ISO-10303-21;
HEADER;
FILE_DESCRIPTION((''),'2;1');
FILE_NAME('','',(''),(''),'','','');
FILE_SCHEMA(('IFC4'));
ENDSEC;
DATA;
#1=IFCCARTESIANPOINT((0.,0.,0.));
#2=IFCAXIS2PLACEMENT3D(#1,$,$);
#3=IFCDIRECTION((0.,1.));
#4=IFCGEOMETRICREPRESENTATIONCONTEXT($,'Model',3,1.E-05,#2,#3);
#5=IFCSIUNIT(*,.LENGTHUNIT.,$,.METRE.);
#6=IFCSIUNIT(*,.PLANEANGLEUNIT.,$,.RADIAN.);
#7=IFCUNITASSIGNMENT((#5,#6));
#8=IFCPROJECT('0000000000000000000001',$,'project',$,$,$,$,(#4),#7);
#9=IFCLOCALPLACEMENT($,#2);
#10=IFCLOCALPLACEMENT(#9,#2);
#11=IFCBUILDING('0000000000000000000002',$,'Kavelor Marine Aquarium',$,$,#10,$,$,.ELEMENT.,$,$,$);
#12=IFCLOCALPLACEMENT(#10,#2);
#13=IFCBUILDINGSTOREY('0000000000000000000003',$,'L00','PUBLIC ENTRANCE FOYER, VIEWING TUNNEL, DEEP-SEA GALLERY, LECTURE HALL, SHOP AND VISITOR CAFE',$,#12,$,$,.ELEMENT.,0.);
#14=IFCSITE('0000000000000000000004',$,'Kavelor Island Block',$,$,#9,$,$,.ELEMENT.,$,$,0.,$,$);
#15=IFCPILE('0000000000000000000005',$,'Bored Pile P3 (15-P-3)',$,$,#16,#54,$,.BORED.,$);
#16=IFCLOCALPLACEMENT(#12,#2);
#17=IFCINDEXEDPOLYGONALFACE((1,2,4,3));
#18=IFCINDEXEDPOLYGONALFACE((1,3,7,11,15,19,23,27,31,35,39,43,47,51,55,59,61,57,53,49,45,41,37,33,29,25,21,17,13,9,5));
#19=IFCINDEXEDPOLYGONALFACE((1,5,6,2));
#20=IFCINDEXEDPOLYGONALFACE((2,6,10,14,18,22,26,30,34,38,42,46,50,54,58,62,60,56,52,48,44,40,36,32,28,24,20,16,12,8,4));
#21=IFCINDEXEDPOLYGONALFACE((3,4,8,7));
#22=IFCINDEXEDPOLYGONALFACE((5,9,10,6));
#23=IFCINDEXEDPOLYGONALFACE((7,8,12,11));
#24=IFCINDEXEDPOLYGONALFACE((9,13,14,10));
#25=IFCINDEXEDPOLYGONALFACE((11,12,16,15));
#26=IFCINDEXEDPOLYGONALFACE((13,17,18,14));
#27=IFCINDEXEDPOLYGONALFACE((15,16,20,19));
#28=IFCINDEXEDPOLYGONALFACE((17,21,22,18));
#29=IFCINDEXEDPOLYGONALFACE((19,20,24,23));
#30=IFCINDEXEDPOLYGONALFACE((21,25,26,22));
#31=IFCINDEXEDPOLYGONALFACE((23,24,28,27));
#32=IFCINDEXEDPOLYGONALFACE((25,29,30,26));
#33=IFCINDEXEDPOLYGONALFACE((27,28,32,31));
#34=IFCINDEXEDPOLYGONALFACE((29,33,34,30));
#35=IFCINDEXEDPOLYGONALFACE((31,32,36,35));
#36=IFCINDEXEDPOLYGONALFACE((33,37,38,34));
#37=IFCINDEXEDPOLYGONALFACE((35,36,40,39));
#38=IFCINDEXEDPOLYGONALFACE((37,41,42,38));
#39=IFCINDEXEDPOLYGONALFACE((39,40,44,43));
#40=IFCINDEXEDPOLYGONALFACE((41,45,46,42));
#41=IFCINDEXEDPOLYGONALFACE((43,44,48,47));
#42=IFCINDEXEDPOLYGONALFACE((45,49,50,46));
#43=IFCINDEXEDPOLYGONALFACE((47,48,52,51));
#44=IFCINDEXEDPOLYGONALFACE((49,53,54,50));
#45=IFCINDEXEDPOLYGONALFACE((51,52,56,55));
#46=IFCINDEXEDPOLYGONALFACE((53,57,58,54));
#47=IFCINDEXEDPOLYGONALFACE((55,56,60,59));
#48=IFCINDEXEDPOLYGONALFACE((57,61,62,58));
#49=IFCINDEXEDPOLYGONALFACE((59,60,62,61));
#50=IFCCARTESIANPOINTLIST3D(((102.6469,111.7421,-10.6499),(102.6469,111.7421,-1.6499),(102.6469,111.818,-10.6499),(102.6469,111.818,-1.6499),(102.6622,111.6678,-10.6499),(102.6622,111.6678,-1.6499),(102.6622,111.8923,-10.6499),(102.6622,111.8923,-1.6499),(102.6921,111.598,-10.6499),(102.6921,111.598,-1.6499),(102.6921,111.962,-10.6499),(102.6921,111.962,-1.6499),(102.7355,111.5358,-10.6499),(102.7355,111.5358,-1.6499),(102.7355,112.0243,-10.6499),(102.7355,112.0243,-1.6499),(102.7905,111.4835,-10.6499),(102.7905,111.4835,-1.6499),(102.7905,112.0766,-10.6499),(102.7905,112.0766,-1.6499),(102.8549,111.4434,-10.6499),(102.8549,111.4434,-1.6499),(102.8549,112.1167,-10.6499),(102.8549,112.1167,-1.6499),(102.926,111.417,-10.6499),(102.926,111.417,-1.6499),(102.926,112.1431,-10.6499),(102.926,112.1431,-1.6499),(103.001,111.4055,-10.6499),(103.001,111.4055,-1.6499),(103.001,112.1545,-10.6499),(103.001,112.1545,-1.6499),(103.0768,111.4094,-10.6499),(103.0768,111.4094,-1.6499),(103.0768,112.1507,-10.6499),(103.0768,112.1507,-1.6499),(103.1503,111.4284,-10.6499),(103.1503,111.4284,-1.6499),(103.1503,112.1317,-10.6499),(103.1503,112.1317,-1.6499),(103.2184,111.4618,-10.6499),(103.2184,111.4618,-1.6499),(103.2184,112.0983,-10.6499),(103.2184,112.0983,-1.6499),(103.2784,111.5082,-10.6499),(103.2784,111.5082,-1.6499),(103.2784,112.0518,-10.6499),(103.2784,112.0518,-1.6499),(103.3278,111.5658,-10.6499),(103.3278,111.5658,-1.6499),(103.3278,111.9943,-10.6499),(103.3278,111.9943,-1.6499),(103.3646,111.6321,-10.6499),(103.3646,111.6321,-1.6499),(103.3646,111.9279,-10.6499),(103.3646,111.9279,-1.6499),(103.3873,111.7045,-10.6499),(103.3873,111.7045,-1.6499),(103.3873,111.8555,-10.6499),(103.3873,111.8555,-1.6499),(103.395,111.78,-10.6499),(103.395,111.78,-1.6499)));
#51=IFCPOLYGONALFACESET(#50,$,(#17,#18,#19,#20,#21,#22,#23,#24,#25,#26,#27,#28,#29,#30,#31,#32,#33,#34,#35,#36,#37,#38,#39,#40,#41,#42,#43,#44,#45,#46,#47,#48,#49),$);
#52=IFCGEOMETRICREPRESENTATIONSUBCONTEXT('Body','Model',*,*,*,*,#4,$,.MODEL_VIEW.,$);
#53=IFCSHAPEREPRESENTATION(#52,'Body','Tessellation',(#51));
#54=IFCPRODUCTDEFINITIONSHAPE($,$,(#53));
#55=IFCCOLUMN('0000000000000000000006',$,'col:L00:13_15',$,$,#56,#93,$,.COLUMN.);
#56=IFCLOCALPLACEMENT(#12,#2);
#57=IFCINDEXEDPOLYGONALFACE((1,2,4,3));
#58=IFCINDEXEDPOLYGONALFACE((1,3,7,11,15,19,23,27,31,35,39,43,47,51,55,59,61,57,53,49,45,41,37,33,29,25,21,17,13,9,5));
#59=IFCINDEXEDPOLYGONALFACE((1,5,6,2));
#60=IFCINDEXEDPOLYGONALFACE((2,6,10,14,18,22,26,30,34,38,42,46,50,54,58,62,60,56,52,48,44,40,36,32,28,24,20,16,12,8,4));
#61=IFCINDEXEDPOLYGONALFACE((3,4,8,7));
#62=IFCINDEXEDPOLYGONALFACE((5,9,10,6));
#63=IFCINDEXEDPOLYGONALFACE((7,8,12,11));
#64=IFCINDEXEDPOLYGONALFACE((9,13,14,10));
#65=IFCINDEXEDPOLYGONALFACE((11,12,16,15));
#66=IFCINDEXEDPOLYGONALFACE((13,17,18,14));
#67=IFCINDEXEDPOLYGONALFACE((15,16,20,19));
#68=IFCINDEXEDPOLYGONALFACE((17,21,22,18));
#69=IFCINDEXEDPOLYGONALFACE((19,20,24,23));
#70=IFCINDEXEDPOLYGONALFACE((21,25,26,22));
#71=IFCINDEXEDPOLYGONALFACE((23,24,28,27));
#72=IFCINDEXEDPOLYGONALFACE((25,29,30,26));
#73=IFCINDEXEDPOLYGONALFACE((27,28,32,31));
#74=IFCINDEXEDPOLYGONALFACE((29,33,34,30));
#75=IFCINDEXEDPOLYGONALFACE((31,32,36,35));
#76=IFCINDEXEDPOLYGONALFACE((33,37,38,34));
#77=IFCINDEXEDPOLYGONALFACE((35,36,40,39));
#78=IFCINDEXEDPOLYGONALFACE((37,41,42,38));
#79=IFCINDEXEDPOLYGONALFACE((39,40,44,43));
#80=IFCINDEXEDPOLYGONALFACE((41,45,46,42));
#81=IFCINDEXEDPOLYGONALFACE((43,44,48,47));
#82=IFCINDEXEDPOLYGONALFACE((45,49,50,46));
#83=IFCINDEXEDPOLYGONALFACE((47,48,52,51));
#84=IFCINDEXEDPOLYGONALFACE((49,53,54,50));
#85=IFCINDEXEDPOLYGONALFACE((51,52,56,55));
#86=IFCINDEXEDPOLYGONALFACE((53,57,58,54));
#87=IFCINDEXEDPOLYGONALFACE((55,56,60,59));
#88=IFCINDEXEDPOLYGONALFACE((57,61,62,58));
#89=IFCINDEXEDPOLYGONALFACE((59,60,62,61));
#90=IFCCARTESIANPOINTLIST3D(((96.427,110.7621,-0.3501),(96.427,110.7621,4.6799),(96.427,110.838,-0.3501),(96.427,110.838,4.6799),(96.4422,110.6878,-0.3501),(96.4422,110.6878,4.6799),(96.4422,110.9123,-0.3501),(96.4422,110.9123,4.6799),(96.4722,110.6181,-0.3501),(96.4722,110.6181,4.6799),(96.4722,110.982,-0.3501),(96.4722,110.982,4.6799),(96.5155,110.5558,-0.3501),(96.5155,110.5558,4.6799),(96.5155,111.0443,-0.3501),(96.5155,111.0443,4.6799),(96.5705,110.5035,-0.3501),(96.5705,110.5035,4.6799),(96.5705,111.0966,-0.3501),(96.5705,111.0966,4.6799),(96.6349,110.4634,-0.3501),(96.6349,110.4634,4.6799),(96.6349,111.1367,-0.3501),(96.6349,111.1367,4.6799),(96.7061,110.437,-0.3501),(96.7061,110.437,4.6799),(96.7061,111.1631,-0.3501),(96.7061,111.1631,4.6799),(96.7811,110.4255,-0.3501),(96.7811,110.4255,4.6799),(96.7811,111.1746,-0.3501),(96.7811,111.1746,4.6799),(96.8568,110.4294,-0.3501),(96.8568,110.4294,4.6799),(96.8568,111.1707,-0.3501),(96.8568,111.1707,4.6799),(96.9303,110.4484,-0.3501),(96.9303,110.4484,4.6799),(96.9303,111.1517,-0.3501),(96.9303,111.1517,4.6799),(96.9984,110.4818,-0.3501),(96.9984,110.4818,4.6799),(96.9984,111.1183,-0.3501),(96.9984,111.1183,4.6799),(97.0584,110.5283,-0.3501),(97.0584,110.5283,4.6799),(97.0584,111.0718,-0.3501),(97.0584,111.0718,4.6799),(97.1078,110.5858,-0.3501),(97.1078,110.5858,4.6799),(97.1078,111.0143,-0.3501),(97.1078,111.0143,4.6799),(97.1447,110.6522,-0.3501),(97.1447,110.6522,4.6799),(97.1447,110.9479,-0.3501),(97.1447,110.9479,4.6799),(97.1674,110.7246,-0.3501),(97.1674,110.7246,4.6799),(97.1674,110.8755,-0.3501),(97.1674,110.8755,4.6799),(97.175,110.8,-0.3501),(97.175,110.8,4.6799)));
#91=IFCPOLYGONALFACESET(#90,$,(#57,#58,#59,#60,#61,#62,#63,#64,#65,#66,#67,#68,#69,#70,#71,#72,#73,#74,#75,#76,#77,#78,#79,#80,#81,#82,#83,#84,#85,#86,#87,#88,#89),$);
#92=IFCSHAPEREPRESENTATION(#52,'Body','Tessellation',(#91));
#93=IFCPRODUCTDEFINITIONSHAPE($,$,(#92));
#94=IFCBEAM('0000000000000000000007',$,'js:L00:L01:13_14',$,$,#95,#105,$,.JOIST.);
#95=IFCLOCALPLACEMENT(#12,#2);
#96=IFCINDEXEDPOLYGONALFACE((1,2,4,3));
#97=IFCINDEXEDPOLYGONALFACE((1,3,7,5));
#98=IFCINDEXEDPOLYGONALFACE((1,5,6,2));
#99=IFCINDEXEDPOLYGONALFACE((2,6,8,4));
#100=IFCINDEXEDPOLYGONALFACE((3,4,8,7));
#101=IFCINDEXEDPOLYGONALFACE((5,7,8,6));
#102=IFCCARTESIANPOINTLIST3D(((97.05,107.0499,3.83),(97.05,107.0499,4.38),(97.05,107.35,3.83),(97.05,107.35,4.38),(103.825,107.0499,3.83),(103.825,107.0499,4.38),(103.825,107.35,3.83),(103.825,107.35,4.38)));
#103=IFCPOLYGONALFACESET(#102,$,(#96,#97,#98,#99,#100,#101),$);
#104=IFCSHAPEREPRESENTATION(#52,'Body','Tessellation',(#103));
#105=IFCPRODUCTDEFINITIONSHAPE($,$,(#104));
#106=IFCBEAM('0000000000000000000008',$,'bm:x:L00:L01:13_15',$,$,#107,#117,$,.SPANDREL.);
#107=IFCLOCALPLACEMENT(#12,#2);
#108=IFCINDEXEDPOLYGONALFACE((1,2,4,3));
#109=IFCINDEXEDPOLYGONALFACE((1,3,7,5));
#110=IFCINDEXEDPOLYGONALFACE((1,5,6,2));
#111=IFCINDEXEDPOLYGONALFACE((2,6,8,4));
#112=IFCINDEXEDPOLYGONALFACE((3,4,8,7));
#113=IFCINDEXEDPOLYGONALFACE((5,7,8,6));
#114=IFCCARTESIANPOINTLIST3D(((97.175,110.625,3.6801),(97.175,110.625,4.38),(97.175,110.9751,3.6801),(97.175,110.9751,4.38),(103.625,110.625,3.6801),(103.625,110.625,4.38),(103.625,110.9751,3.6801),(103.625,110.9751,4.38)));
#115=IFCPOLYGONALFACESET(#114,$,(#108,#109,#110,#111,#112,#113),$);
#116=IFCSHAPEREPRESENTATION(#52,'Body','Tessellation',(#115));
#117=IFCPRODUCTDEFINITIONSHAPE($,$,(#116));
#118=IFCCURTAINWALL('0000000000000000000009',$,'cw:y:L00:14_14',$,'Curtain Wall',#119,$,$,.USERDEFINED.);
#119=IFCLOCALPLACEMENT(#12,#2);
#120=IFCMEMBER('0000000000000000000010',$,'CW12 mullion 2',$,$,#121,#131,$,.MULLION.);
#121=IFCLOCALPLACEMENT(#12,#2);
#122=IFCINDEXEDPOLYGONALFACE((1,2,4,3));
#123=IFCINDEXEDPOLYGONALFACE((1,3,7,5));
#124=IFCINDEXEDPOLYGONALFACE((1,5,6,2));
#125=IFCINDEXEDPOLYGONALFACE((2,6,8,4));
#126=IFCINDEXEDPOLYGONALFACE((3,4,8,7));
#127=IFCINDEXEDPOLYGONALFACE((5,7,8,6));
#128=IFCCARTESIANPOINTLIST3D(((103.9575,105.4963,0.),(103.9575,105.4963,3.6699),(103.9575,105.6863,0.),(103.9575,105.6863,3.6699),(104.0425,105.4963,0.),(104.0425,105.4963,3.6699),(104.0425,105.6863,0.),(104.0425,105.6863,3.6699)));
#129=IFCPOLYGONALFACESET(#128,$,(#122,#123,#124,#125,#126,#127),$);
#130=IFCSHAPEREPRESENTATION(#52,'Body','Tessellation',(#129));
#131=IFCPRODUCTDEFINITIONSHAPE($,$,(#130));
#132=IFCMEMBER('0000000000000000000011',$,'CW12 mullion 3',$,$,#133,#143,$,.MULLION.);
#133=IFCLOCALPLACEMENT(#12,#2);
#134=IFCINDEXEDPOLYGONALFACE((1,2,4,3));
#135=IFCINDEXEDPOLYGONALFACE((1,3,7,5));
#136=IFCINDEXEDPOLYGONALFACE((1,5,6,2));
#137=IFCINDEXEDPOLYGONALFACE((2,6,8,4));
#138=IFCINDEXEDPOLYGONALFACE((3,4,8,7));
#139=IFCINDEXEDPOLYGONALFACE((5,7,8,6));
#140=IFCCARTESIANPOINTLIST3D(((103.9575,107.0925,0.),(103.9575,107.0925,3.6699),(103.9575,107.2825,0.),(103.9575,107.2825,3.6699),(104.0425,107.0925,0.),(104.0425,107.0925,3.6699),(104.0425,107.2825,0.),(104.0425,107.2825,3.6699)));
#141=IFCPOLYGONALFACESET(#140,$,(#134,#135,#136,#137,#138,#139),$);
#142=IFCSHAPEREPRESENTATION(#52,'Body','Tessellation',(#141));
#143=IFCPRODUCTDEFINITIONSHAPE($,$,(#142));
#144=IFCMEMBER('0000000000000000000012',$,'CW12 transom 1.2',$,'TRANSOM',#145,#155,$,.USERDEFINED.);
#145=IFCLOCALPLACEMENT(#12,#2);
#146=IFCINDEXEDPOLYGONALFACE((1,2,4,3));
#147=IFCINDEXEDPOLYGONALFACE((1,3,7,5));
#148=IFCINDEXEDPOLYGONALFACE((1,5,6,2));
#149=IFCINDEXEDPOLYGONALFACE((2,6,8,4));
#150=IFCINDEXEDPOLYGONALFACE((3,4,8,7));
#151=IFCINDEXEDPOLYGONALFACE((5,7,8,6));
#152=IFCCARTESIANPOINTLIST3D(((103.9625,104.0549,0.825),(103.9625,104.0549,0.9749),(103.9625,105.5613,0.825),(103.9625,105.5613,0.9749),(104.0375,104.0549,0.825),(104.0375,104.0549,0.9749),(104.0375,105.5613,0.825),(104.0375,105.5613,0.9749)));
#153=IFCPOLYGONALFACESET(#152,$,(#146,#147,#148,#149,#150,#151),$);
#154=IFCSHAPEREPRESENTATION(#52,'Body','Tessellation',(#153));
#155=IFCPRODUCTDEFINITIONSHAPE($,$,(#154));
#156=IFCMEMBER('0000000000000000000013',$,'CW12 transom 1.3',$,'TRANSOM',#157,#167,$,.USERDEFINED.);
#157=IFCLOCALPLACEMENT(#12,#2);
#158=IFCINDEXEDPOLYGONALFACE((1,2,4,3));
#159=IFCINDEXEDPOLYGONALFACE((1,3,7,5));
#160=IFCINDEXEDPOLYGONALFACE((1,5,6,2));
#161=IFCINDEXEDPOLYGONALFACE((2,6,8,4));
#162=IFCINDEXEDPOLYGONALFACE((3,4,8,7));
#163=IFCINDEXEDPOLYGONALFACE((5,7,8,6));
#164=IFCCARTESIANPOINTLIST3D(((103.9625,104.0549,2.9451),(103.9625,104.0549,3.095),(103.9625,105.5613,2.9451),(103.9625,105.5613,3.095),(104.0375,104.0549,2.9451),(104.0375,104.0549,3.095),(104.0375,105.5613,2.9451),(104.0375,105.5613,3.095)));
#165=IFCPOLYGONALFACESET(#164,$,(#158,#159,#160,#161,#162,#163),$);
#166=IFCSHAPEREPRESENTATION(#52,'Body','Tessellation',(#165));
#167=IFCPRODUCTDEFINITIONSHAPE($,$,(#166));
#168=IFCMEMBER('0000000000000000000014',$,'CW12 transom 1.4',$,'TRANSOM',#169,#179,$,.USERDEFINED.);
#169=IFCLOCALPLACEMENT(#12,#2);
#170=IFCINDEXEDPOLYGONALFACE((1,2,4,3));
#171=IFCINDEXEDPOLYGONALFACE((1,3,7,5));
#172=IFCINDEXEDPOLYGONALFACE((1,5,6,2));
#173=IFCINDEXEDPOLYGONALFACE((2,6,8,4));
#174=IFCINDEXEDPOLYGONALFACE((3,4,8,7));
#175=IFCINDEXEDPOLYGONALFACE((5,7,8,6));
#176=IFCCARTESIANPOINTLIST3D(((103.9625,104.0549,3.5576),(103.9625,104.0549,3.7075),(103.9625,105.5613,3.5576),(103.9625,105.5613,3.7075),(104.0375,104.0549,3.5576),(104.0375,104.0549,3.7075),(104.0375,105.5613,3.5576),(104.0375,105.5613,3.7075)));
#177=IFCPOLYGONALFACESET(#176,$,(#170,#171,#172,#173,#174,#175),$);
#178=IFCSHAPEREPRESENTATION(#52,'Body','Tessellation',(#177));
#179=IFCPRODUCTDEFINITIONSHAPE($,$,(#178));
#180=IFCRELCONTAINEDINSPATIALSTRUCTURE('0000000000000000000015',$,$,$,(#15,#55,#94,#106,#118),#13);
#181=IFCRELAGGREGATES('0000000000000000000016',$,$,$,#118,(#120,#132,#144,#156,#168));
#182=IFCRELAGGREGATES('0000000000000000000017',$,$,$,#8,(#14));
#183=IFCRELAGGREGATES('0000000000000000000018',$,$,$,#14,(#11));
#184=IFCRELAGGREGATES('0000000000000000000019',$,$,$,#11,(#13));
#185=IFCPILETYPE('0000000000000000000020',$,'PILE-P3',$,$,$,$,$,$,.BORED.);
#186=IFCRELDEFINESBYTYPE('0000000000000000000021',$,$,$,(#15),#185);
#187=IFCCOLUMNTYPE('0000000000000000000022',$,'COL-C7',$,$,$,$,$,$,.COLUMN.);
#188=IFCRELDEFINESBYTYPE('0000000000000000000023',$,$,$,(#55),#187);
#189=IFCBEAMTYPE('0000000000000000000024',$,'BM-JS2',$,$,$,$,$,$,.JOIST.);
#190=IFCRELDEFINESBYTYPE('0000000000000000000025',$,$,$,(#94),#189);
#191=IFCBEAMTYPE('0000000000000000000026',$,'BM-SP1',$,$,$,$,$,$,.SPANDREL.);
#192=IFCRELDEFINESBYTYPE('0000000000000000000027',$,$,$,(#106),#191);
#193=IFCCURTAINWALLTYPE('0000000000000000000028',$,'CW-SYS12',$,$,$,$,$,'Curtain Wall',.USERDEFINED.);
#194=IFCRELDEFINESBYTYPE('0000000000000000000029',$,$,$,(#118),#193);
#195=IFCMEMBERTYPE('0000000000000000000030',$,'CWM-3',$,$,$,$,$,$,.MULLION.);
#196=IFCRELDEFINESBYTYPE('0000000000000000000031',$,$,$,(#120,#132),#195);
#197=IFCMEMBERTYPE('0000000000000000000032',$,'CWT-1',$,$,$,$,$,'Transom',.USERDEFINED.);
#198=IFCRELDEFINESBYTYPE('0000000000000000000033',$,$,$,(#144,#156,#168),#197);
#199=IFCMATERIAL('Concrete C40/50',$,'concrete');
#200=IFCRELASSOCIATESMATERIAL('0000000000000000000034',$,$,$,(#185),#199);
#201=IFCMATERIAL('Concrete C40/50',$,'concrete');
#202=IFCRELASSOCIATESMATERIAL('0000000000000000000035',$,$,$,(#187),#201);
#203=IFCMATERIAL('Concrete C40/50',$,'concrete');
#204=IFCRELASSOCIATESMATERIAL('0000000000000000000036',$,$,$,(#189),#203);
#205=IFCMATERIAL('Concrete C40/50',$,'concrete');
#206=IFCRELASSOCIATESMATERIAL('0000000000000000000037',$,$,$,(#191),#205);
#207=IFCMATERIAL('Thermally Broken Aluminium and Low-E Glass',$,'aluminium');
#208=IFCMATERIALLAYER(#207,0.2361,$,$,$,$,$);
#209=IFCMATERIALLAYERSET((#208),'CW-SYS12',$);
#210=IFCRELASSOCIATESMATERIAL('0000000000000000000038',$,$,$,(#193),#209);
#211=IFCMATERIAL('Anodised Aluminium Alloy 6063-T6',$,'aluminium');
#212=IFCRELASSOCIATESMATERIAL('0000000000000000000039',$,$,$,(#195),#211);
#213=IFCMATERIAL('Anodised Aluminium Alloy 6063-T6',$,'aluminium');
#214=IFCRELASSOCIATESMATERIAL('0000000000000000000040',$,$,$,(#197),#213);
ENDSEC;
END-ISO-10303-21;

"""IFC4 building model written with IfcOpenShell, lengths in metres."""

from ifc_helpers import new_model, si_unit, direction, frame, origin, origin_2d, place, context, subcontext, project, spatial, rectangle, circle, extrude, material, layer, layer_set, material_profile, profile_set, type_object, element, aggregate, save


model = new_model("IFC4")

# Units and contexts
model_context = context("Model", 3, precision=1e-05, world=origin(), true_north=direction((0.0, 1.0)))
body_context = subcontext(model_context, "Body", "Model", "MODEL_VIEW")
ifc_project = project(units=[si_unit("LENGTHUNIT", "METRE"), si_unit("PLANEANGLEUNIT", "RADIAN")], contexts=[model_context])

# Site, building, storey
site_placement = place(None, origin())
site = spatial("IfcSite", under=ifc_project, at=site_placement, Name="Kavelor Island Block", CompositionType="ELEMENT", RefElevation=0.0)
building_placement = place(site_placement, origin())
building = spatial("IfcBuilding", under=site, at=building_placement, Name="Kavelor Marine Aquarium", CompositionType="ELEMENT")
storey_placement = place(building_placement, origin())
storey = spatial("IfcBuildingStorey", under=building, at=storey_placement, Name="L00", Description="PUBLIC ENTRANCE FOYER, VIEWING TUNNEL, DEEP-SEA GALLERY, LECTURE HALL, SHOP AND VISITOR CAFE", CompositionType="ELEMENT", Elevation=0.0)

# Pile
ifc_material_1 = material(Name="Concrete C40/50", Category="concrete")
ifc_material_profile_1 = material_profile(ifc_material_1, circle(Radius=0.375, at=origin_2d()), Name="PILE D750")
ifc_profile_set_1 = profile_set([ifc_material_profile_1], Name="Concrete C40/50")
pile_type_1 = type_object("IfcPileType", Name="PILE-P3", PredefinedType="BORED", material=ifc_profile_set_1)
for number, where, z_axis, x_axis, name in (
    (1, (103.02, 111.78, -1.6499), (0.0, 0.0, -1.0), (1.0, 0.0, 0.0), "Bored Pile P3 (15-P-3)"),
):
    element("IfcPile", number, at=place(storey_placement, frame(where, z_axis=z_axis, x_axis=x_axis)), inside=storey, type_object=pile_type_1, Name=name, PredefinedType="BORED", context=body_context, shape_type="SweptSolid", body=[
        extrude(circle(Radius=0.375, at=origin_2d()), origin(), (0.0, 0.0, 1.0), 9.0),
    ])

# Column
ifc_material_2 = material(Name="Concrete C40/50", Category="concrete")
ifc_material_profile_2 = material_profile(ifc_material_2, circle(Radius=0.375, at=origin_2d()), Name="RC-COL D750")
ifc_profile_set_2 = profile_set([ifc_material_profile_2], Name="Concrete C40/50")
column_type = type_object("IfcColumnType", Name="COL-C7", PredefinedType="COLUMN", material=ifc_profile_set_2)
column_placement = place(storey_placement, frame((96.8, 110.8, -0.3501), z_axis=(0.0, 0.0, 1.0), x_axis=(1.0, 0.0, 0.0)))
element("IfcColumn", 2, at=column_placement, inside=storey, type_object=column_type, Name="col:L00:13_15", PredefinedType="COLUMN", context=body_context, shape_type="SweptSolid", body=[
    extrude(circle(Radius=0.375, at=origin_2d()), origin(), (0.0, 0.0, 1.0), 5.03),
])

# Beams
ifc_material_3 = material(Name="Concrete C40/50", Category="concrete")
ifc_material_profile_3 = material_profile(ifc_material_3, rectangle(XDim=0.3, YDim=0.55, at=origin_2d()), Name="RC-JS 300x550")
ifc_profile_set_3 = profile_set([ifc_material_profile_3], Name="Concrete C40/50")
beam_type_1 = type_object("IfcBeamType", Name="BM-JS2", PredefinedType="JOIST", material=ifc_profile_set_3)
beam_1_placement = place(storey_placement, frame((97.05, 107.2, 4.105), z_axis=(1.0, 0.0, 0.0), x_axis=(0.0, 1.0, 0.0)))
element("IfcBeam", 3, at=beam_1_placement, inside=storey, type_object=beam_type_1, Name="js:L00:L01:13_14", PredefinedType="JOIST", context=body_context, shape_type="SweptSolid", body=[
    extrude(rectangle(XDim=0.3, YDim=0.55, at=origin_2d()), origin(), (0.0, 0.0, 1.0), 6.7749),
])
ifc_material_4 = material(Name="Concrete C40/50", Category="concrete")
ifc_material_profile_4 = material_profile(ifc_material_4, rectangle(XDim=0.3501, YDim=0.7, at=origin_2d()), Name="RC-SP 350x700")
ifc_profile_set_4 = profile_set([ifc_material_profile_4], Name="Concrete C40/50")
beam_type_2 = type_object("IfcBeamType", Name="BM-SP1", PredefinedType="SPANDREL", material=ifc_profile_set_4)
beam_2_placement = place(storey_placement, frame((97.175, 110.8, 4.03), z_axis=(1.0, 0.0, 0.0), x_axis=(0.0, 1.0, 0.0)))
element("IfcBeam", 4, at=beam_2_placement, inside=storey, type_object=beam_type_2, Name="bm:x:L00:L01:13_15", PredefinedType="SPANDREL", context=body_context, shape_type="SweptSolid", body=[
    extrude(rectangle(XDim=0.3501, YDim=0.7, at=origin_2d()), origin(), (0.0, 0.0, 1.0), 6.45),
])

# Curtain wall, members
ifc_material_5 = material(Name="Thermally Broken Aluminium and Low-E Glass", Category="aluminium")
ifc_layer_1 = layer(ifc_material_5, 0.2361)
ifc_layer_set_1 = layer_set([ifc_layer_1], Name="CW-SYS12")
curtain_wall_type = type_object("IfcCurtainWallType", Name="CW-SYS12", ElementType="Curtain Wall", PredefinedType="USERDEFINED", material=ifc_layer_set_1)
curtain_wall_placement = place(storey_placement, origin())
curtain_wall = element("IfcCurtainWall", 5, at=curtain_wall_placement, inside=storey, type_object=curtain_wall_type, Name="cw:y:L00:14_14", ObjectType="Curtain Wall", PredefinedType="USERDEFINED")
ifc_material_6 = material(Name="Anodised Aluminium Alloy 6063-T6", Category="aluminium")
ifc_material_profile_5 = material_profile(ifc_material_6, rectangle(XDim=0.085, YDim=0.1899, at=origin_2d()), Name="CW-MUL 85x190")
ifc_profile_set_5 = profile_set([ifc_material_profile_5], Name="Anodised Aluminium Alloy 6063-T6")
member_type_1 = type_object("IfcMemberType", Name="CWM-3", PredefinedType="MULLION", material=ifc_profile_set_5)
member_1_placement = place(storey_placement, frame((104.0, 105.5913, 0.0), z_axis=(0.0, 0.0, 1.0), x_axis=(-1.0, 0.0, 0.0)))
member_1 = element("IfcMember", 6, at=member_1_placement, type_object=member_type_1, Name="CW12 mullion 2", PredefinedType="MULLION", context=body_context, shape_type="SweptSolid", body=[
    extrude(rectangle(XDim=0.085, YDim=0.1899, at=origin_2d()), origin(), (0.0, 0.0, 1.0), 3.6699),
])
member_2_placement = place(storey_placement, frame((104.0, 107.1875, 0.0), z_axis=(0.0, 0.0, 1.0), x_axis=(-1.0, 0.0, 0.0)))
member_2 = element("IfcMember", 7, at=member_2_placement, type_object=member_type_1, Name="CW12 mullion 3", PredefinedType="MULLION", context=body_context, shape_type="SweptSolid", body=[
    extrude(rectangle(XDim=0.085, YDim=0.1899, at=origin_2d()), origin(), (0.0, 0.0, 1.0), 3.6699),
])
ifc_material_7 = material(Name="Anodised Aluminium Alloy 6063-T6", Category="aluminium")
ifc_material_profile_6 = material_profile(ifc_material_7, rectangle(XDim=0.075, YDim=0.1499, at=origin_2d()), Name="CW-TRN 75x150")
ifc_profile_set_6 = profile_set([ifc_material_profile_6], Name="Anodised Aluminium Alloy 6063-T6")
member_type_2 = type_object("IfcMemberType", Name="CWT-1", ElementType="Transom", PredefinedType="USERDEFINED", material=ifc_profile_set_6)
member_3_placement = place(storey_placement, frame((104.0, 104.0549, 0.8999), z_axis=(0.0, 1.0, 0.0), x_axis=(-1.0, 0.0, 0.0)))
member_3 = element("IfcMember", 8, at=member_3_placement, type_object=member_type_2, Name="CW12 transom 1.2", ObjectType="TRANSOM", PredefinedType="USERDEFINED", context=body_context, shape_type="SweptSolid", body=[
    extrude(rectangle(XDim=0.075, YDim=0.1499, at=origin_2d()), origin(), (0.0, 0.0, 1.0), 1.5063),
])
member_4_placement = place(storey_placement, frame((104.0, 104.0549, 3.02), z_axis=(0.0, 1.0, 0.0), x_axis=(-1.0, 0.0, 0.0)))
member_4 = element("IfcMember", 9, at=member_4_placement, type_object=member_type_2, Name="CW12 transom 1.3", ObjectType="TRANSOM", PredefinedType="USERDEFINED", context=body_context, shape_type="SweptSolid", body=[
    extrude(rectangle(XDim=0.075, YDim=0.1499, at=origin_2d()), origin(), (0.0, 0.0, 1.0), 1.5063),
])
member_5_placement = place(storey_placement, frame((104.0, 104.0549, 3.6326), z_axis=(0.0, 1.0, 0.0), x_axis=(-1.0, 0.0, 0.0)))
member_5 = element("IfcMember", 10, at=member_5_placement, type_object=member_type_2, Name="CW12 transom 1.4", ObjectType="TRANSOM", PredefinedType="USERDEFINED", context=body_context, shape_type="SweptSolid", body=[
    extrude(rectangle(XDim=0.075, YDim=0.1499, at=origin_2d()), origin(), (0.0, 0.0, 1.0), 1.5063),
])
aggregate(curtain_wall, [member_1, member_2, member_3, member_4, member_5])

save(model, "model.ifc")
